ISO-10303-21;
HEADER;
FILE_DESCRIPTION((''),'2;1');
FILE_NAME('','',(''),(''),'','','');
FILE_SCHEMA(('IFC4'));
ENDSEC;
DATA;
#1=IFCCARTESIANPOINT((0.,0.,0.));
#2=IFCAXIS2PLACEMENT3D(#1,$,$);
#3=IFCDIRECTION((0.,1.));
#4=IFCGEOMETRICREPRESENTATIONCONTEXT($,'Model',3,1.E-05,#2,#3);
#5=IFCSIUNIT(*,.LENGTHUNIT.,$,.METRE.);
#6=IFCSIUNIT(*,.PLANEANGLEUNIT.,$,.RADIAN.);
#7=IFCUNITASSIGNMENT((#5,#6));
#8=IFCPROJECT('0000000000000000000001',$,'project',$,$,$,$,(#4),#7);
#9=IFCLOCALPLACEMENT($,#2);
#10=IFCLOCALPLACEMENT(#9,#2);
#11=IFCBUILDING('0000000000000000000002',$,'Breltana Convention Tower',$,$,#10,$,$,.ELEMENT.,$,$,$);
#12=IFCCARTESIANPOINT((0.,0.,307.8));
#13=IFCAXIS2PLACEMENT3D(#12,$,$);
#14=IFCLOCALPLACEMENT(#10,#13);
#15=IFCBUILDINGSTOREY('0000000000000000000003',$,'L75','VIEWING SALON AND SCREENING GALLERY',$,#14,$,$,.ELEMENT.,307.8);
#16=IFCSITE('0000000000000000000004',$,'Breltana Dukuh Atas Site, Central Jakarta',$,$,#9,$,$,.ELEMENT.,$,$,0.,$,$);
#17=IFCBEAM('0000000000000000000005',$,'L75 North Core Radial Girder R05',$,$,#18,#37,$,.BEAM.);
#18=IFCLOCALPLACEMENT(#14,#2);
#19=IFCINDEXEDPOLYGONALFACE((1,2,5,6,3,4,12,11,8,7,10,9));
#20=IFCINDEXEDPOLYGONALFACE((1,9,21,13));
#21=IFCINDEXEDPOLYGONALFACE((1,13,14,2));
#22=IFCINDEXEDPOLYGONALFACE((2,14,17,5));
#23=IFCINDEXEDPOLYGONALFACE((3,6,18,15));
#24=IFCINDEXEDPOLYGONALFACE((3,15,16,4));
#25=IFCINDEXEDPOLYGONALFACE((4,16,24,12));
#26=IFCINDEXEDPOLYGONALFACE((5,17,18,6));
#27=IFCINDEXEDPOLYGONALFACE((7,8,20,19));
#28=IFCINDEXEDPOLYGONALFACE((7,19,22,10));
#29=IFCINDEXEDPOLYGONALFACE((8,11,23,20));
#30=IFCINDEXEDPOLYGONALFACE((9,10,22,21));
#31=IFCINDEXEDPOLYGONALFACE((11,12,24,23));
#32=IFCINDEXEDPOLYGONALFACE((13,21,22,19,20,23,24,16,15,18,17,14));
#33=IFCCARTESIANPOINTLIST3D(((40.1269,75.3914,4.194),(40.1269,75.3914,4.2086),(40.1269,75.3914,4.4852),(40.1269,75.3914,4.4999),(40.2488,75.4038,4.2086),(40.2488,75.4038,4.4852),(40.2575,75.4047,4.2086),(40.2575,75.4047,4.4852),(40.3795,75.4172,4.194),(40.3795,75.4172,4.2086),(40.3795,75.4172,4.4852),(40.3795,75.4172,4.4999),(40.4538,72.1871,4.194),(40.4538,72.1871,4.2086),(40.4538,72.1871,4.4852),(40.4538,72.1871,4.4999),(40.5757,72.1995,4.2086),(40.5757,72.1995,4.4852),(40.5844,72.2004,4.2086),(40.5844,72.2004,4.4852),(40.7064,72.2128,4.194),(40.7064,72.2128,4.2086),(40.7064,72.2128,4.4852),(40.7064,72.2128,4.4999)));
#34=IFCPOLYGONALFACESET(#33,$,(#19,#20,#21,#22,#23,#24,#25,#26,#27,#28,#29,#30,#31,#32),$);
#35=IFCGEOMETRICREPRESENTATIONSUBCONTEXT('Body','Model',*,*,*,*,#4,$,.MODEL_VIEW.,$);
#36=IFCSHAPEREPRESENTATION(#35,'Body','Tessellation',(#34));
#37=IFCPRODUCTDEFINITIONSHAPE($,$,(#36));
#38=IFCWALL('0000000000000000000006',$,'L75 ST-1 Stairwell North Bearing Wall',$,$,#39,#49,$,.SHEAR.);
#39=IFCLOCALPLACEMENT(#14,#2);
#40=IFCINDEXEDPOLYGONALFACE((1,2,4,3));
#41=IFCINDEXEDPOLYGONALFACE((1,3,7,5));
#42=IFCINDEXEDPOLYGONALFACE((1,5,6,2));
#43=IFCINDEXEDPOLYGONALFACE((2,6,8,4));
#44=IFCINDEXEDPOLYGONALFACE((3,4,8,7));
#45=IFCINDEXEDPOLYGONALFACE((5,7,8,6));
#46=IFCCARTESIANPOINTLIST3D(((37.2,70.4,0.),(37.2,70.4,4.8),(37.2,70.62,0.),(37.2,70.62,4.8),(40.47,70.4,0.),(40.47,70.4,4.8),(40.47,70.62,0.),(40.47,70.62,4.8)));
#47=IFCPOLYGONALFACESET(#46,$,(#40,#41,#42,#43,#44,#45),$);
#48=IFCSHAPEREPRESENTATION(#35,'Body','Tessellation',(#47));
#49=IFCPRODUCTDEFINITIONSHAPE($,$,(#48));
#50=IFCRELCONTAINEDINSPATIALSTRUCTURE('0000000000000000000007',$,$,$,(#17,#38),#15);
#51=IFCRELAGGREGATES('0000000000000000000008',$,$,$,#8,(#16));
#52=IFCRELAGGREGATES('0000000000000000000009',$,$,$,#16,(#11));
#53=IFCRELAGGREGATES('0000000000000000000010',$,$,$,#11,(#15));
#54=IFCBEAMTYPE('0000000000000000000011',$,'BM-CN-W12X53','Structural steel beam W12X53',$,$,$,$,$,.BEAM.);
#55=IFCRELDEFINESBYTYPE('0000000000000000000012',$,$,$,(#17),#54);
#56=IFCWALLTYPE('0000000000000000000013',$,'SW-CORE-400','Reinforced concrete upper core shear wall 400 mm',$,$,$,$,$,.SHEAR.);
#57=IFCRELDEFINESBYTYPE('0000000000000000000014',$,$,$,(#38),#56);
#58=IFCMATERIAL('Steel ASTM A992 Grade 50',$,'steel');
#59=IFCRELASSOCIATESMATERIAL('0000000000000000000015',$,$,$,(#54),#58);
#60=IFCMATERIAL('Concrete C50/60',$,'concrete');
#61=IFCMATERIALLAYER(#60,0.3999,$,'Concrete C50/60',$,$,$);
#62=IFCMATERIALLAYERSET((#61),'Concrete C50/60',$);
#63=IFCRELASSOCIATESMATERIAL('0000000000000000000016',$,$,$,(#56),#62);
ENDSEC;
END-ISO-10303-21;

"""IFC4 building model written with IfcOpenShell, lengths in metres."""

from ifc_helpers import new_model, si_unit, direction, frame, frame_2d, origin, origin_2d, place, context, subcontext, project, spatial, rectangle, i_section, extrude, source, transform, mapped, material, layer, layer_set, material_profile, profile_set, type_object, element, save


model = new_model("IFC4")

# Units and contexts
model_context = context("Model", 3, precision=1e-05, world=origin(), true_north=direction((0.0, 1.0)))
body_context = subcontext(model_context, "Body", "Model", "MODEL_VIEW")
ifc_project = project(units=[si_unit("LENGTHUNIT", "METRE"), si_unit("PLANEANGLEUNIT", "RADIAN")], contexts=[model_context])

# Site, building, storey
site_placement = place(None, origin())
site = spatial("IfcSite", under=ifc_project, at=site_placement, Name="Breltana Dukuh Atas Site, Central Jakarta", CompositionType="ELEMENT", RefElevation=0.0)
building_placement = place(site_placement, origin())
building = spatial("IfcBuilding", under=site, at=building_placement, Name="Breltana Convention Tower", CompositionType="ELEMENT")
storey_placement = place(building_placement, frame((0.0, 0.0, 307.8)))
storey = spatial("IfcBuildingStorey", under=building, at=storey_placement, Name="L75", Description="VIEWING SALON AND SCREENING GALLERY", CompositionType="ELEMENT", Elevation=307.8)

# Beam
ifc_material_1 = material(Name="Steel ASTM A992 Grade 50", Category="steel")
ifc_material_profile = material_profile(ifc_material_1, i_section(OverallWidth=0.2539, OverallDepth=0.3059, WebThickness=0.0088, FlangeThickness=0.0146, at=origin_2d()), Name="W12X53")
ifc_profile_set = profile_set([ifc_material_profile], Name="Steel ASTM A992 Grade 50")
beam_type = type_object("IfcBeamType", Name="BM-CN-W12X53", Description="Structural steel beam W12X53", PredefinedType="BEAM", material=ifc_profile_set)
shared_shape_1 = source(origin(), body_context, "Body", "SweptSolid", [
    extrude(i_section(OverallWidth=0.2539, OverallDepth=0.3059, WebThickness=0.0088, FlangeThickness=0.0146, at=origin_2d()), origin(), (0.0, 0.0, 1.0), 3.2209),
])
beam_placement = place(storey_placement, frame((40.5801, 72.2, 4.3469), z_axis=(-0.101492, 0.994836, 0.0), x_axis=(-0.994836, -0.101492, 0.0)))
element("IfcBeam", 1, at=beam_placement, inside=storey, type_object=beam_type, Name="L75 North Core Radial Girder R05", PredefinedType="BEAM", context=body_context, shape_type="MappedRepresentation", body=[
    mapped(shared_shape_1, transform((0.0, 0.0, 0.0), scale=1.0)),
])

# Wall
ifc_material_2 = material(Name="Concrete C50/60", Category="concrete")
ifc_layer_1 = layer(ifc_material_2, 0.3999, Name="Concrete C50/60")
ifc_layer_set_1 = layer_set([ifc_layer_1], Name="Concrete C50/60")
wall_type_1 = type_object("IfcWallType", Name="SW-CORE-400", Description="Reinforced concrete upper core shear wall 400 mm", PredefinedType="SHEAR", material=ifc_layer_set_1)
shared_shape_2 = source(origin(), body_context, "Body", "SweptSolid", [
    extrude(rectangle(XDim=3.27, YDim=0.22, at=frame_2d((1.635, 0.0))), origin(), (0.0, 0.0, 1.0), 4.8),
])
wall_1_placement = place(storey_placement, frame((37.2, 70.51, 0.0), z_axis=(0.0, 0.0, 1.0), x_axis=(1.0, 0.0, 0.0)))
element("IfcWall", 2, at=wall_1_placement, inside=storey, type_object=wall_type_1, Name="L75 ST-1 Stairwell North Bearing Wall", PredefinedType="SHEAR", context=body_context, shape_type="MappedRepresentation", body=[
    mapped(shared_shape_2, transform((0.0, 0.0, 0.0), scale=1.0)),
])

save(model, "model.ifc")
